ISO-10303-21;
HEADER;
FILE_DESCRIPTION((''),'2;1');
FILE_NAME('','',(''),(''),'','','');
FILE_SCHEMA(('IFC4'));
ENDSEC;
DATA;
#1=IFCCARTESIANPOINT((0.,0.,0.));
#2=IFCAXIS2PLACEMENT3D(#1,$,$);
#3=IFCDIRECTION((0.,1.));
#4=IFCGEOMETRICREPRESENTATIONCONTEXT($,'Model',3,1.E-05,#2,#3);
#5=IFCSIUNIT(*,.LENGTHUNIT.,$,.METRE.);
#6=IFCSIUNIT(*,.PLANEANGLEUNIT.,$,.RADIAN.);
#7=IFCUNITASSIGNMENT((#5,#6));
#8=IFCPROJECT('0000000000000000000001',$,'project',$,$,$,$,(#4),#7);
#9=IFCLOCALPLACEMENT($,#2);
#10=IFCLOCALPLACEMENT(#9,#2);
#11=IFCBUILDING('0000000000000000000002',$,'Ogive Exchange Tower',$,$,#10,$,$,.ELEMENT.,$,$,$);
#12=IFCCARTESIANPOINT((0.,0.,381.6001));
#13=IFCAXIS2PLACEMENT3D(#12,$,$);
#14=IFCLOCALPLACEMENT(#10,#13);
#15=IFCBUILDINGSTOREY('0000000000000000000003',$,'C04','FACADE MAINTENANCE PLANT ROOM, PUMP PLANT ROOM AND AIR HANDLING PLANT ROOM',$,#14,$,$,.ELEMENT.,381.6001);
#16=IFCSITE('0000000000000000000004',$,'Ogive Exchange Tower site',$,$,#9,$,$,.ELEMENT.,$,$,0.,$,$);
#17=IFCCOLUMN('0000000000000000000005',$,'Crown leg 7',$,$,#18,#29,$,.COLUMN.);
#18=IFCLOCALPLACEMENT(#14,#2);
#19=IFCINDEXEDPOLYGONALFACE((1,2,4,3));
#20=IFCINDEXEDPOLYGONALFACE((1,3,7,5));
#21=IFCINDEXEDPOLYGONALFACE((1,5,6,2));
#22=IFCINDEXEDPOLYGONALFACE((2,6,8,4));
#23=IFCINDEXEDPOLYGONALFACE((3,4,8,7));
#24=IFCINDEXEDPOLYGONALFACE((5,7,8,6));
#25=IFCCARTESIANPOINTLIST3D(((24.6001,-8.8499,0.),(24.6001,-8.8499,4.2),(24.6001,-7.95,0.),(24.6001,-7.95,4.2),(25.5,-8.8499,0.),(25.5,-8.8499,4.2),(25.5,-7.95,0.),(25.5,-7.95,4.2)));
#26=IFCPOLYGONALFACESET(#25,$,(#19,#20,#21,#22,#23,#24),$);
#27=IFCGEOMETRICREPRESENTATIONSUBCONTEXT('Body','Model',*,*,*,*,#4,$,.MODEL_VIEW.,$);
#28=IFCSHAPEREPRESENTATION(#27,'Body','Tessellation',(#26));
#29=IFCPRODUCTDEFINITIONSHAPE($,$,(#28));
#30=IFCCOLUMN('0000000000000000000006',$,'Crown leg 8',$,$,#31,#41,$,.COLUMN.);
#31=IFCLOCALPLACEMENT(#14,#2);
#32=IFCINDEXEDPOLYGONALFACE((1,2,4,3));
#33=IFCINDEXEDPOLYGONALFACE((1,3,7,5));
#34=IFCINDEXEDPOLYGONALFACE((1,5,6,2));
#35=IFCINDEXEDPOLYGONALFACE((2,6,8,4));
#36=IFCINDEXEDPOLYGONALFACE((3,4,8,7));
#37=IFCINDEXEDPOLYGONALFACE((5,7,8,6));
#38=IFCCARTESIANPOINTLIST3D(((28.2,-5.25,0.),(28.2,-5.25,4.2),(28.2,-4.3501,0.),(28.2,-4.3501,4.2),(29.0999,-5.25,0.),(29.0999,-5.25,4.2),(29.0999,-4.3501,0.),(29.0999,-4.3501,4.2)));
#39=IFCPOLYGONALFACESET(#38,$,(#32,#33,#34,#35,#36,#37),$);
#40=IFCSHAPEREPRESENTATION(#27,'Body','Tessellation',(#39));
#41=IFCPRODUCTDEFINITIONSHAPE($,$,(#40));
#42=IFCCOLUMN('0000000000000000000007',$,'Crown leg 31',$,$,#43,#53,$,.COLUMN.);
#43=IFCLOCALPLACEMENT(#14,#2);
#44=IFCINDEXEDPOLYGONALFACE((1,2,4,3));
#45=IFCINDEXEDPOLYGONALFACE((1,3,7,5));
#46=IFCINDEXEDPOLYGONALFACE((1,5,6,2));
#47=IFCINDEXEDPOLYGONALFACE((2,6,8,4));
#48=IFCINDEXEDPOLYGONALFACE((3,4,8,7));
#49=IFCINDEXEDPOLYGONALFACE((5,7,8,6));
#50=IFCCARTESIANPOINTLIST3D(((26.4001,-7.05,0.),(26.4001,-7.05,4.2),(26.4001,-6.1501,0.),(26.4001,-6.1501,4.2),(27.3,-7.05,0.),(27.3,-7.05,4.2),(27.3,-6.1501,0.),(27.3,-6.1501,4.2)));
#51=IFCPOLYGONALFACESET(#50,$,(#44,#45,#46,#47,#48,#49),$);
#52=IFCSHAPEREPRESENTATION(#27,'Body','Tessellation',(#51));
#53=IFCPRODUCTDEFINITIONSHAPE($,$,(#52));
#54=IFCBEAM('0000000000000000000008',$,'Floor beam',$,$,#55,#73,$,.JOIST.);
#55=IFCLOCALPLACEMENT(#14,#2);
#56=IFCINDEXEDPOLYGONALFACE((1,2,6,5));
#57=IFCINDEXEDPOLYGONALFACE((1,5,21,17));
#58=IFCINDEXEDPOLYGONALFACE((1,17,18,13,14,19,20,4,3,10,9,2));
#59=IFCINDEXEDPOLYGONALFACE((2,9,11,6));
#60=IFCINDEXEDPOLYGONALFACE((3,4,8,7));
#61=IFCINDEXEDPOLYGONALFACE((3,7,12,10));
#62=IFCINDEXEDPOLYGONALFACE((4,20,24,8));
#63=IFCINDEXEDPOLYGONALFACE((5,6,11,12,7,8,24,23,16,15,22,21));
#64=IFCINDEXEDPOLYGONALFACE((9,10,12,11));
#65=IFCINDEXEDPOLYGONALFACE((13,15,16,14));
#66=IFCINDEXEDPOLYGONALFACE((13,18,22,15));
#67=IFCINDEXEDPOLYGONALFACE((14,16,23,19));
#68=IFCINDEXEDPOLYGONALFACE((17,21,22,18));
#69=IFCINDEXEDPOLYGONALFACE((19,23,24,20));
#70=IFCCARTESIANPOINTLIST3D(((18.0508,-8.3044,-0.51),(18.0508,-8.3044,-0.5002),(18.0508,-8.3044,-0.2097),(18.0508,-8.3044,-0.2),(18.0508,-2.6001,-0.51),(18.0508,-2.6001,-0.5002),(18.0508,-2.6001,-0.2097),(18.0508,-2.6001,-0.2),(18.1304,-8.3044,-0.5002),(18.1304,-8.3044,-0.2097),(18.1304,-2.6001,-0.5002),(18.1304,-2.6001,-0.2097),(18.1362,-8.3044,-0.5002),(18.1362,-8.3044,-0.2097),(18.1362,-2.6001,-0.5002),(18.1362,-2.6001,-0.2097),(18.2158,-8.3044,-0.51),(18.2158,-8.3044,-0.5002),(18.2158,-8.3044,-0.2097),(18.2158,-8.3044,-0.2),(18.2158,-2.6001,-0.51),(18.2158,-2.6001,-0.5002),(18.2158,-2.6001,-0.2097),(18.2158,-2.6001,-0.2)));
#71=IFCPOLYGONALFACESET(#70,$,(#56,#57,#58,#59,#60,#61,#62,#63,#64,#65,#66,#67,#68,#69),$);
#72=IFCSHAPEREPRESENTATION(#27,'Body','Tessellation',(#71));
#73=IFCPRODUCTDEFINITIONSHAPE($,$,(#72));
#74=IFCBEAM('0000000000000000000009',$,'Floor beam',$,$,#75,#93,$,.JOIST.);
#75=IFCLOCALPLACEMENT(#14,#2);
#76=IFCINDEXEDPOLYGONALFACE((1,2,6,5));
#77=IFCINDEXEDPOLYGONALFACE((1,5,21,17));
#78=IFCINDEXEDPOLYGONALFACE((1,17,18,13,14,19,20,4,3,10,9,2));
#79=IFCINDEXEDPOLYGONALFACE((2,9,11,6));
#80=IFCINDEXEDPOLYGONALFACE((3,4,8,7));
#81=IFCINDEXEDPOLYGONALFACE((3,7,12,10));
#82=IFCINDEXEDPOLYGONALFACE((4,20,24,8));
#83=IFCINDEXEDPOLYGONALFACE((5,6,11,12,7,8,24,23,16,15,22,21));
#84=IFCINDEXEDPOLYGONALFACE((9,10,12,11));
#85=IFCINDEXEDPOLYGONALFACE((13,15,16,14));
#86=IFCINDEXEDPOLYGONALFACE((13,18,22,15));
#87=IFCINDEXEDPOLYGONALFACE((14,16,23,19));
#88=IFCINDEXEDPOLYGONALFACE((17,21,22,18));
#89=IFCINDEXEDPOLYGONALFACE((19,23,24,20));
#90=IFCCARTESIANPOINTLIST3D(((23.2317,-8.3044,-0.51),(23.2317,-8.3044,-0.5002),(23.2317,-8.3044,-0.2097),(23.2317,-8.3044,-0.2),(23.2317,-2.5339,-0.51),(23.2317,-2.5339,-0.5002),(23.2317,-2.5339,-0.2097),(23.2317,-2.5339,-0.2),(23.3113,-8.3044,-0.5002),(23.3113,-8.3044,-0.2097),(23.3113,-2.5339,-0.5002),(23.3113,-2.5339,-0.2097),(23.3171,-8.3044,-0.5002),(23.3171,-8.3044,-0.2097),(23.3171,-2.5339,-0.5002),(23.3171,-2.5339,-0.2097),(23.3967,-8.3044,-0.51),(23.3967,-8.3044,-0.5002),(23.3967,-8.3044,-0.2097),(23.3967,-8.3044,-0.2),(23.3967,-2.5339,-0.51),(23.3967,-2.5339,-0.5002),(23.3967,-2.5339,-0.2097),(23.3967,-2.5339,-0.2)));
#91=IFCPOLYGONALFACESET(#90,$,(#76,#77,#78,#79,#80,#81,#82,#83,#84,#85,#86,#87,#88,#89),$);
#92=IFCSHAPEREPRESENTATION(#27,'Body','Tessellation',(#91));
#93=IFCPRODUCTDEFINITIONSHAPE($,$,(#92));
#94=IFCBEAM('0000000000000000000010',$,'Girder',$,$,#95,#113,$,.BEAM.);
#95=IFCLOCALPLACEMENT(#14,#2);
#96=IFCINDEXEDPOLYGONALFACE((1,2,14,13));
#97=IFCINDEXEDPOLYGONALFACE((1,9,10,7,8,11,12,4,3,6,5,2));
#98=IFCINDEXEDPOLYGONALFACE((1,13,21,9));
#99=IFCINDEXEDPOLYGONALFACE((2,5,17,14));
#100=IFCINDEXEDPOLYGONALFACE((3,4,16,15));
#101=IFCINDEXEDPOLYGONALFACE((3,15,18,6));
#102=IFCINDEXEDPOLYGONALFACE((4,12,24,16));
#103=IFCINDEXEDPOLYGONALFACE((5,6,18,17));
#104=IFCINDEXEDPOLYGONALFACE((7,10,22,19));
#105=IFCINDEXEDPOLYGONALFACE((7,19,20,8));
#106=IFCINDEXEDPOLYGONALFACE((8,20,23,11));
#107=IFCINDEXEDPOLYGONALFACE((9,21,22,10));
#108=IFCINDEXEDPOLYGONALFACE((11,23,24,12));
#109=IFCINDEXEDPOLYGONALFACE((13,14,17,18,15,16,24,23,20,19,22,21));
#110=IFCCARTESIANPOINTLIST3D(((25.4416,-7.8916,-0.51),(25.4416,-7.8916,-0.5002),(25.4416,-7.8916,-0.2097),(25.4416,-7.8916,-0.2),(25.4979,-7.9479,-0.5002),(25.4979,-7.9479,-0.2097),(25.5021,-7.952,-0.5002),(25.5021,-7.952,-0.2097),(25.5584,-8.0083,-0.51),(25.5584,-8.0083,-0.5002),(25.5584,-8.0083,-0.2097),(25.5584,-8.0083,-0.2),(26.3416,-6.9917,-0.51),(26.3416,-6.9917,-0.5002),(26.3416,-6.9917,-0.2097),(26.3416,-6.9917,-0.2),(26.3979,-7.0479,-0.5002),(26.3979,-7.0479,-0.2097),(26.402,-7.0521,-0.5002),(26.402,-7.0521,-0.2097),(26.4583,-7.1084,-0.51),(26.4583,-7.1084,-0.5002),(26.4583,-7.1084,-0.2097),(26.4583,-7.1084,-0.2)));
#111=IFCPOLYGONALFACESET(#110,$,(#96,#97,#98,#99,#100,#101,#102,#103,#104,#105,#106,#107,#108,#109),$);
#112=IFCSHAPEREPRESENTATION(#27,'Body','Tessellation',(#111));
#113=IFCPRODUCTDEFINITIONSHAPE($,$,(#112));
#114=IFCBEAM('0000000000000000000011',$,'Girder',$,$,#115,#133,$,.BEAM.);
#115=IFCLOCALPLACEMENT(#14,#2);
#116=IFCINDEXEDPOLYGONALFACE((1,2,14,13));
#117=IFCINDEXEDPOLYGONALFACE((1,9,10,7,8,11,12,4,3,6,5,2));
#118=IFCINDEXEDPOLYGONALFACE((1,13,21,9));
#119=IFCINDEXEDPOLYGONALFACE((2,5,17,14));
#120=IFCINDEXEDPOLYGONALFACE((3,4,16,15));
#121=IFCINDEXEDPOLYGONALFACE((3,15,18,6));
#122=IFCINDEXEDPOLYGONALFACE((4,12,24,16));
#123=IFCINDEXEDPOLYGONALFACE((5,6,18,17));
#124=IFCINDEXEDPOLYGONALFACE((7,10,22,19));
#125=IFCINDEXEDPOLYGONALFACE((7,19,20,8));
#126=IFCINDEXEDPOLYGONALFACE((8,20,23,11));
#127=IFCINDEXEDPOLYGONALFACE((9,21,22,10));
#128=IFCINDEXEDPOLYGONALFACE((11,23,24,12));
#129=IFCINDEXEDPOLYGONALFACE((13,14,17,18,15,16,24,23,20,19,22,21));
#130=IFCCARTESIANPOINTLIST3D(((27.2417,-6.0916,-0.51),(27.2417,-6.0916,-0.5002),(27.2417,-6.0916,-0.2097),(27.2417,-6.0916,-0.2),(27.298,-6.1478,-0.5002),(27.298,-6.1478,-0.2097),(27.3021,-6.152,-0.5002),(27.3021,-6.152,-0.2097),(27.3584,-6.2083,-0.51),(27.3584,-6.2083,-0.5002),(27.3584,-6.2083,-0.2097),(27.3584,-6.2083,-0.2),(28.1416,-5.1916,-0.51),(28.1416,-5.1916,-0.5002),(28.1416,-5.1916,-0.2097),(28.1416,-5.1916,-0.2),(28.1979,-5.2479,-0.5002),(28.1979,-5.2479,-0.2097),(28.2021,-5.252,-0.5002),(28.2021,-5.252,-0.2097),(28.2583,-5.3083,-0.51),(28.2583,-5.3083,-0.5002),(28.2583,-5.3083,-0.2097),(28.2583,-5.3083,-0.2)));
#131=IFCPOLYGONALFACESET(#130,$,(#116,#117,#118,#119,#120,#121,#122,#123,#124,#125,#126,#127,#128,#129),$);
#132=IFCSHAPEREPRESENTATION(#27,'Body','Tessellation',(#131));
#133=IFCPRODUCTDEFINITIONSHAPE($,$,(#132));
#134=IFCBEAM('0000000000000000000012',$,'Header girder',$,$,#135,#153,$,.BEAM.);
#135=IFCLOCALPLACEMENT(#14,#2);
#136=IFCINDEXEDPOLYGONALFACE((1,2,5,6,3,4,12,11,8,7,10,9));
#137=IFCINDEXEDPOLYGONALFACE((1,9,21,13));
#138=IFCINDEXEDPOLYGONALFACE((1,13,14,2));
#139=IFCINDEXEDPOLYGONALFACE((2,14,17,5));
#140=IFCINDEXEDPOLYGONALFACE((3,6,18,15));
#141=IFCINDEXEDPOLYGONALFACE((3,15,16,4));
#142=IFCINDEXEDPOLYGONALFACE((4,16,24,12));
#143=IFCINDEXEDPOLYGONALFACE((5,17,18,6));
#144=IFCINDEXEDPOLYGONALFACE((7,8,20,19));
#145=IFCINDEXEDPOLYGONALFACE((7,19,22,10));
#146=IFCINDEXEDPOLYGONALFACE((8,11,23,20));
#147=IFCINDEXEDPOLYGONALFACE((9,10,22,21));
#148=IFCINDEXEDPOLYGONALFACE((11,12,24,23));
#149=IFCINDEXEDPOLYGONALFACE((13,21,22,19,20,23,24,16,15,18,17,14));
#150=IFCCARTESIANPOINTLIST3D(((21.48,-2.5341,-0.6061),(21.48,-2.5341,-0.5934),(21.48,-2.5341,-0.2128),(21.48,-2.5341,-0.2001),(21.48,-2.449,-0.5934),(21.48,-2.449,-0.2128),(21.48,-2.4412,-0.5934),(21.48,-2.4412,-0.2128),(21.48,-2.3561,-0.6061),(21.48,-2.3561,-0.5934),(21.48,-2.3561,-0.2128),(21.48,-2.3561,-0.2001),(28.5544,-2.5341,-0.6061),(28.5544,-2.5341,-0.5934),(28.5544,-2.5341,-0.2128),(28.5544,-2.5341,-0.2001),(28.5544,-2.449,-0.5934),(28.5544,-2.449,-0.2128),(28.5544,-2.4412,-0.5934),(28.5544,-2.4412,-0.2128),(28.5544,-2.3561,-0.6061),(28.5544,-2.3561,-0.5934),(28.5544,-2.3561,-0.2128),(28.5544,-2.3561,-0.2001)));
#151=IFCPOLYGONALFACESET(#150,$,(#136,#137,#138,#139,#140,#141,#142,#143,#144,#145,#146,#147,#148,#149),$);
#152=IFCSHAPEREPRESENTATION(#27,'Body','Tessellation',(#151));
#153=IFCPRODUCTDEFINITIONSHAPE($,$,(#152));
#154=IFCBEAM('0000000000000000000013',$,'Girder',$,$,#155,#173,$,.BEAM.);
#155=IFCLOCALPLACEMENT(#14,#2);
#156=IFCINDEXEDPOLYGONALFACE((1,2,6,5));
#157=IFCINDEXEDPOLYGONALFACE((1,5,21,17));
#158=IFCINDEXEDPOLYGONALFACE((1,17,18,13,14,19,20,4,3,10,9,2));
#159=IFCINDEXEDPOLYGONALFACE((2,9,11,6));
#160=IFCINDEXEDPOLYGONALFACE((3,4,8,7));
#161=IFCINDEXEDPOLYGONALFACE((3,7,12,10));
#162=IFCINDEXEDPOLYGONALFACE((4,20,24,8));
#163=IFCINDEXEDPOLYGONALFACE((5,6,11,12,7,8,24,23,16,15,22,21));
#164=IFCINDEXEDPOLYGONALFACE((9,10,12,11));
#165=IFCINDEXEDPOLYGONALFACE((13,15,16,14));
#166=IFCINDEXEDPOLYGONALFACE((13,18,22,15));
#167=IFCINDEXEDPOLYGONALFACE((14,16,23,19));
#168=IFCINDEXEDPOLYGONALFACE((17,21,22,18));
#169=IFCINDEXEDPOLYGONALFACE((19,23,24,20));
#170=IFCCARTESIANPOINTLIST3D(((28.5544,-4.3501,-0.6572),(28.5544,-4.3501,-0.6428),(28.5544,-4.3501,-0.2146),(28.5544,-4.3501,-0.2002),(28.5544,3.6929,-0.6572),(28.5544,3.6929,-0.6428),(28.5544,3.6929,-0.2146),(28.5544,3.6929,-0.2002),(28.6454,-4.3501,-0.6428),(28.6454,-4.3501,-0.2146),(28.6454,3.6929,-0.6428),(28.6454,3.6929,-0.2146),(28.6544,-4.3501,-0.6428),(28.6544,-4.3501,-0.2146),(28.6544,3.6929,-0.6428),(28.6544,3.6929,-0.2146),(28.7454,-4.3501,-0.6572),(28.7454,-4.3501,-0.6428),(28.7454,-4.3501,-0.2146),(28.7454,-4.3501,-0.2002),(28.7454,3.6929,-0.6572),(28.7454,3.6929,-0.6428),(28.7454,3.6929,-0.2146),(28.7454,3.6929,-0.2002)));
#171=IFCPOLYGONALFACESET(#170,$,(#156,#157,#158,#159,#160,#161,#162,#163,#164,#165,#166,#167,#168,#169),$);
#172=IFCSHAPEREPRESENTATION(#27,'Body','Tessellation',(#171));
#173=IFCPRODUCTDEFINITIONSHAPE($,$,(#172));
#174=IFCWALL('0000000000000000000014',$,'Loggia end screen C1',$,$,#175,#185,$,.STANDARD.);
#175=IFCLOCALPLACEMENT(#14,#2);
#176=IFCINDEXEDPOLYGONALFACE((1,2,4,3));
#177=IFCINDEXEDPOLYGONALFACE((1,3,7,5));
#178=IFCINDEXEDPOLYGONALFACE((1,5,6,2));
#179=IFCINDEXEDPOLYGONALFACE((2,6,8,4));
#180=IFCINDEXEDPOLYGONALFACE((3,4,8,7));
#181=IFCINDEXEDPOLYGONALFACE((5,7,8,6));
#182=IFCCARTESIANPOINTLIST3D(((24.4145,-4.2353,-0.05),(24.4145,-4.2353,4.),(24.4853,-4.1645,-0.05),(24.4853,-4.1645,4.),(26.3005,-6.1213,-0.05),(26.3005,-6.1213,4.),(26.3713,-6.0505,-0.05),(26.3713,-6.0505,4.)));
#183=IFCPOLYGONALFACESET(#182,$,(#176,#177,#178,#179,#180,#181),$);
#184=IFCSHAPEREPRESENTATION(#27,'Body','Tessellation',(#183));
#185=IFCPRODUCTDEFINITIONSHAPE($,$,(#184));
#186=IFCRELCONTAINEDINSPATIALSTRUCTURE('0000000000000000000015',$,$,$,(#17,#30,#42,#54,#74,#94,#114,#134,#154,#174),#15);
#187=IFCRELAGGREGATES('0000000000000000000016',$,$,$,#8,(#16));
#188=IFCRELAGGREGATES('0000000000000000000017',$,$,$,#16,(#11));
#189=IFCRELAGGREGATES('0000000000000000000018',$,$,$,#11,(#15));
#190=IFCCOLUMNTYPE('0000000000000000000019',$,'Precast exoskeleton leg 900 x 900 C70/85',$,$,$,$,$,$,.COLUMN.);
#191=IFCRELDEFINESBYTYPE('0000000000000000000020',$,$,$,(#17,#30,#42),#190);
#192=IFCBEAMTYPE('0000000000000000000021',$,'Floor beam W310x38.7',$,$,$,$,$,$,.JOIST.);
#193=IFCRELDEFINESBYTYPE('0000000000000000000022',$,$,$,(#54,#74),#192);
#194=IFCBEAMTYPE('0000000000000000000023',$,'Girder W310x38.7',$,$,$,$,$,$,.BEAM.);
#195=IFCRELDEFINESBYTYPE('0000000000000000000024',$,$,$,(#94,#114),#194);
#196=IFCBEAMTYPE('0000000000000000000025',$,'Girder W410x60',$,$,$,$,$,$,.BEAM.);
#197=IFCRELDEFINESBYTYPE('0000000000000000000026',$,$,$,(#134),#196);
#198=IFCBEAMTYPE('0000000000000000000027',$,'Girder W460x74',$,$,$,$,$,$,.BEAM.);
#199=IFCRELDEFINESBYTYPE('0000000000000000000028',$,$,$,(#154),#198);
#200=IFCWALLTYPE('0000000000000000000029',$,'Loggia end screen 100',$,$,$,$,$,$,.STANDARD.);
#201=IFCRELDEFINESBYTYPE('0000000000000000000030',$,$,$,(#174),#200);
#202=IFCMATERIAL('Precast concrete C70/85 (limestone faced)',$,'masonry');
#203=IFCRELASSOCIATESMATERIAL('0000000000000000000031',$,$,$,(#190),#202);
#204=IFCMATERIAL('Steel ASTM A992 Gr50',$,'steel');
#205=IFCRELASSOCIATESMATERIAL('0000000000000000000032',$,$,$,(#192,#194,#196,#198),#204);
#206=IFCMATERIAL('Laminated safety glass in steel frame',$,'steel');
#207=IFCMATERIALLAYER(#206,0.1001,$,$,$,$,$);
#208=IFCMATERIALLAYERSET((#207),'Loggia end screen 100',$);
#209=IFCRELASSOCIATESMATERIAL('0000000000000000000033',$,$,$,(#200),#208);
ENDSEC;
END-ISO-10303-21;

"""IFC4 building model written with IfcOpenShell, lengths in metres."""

from ifc_helpers import new_model, si_unit, direction, frame, frame_2d, origin, origin_2d, place, context, subcontext, project, spatial, rectangle, i_section, extrude, material, layer, layer_set, material_profile, profile_set, type_object, element, save


model = new_model("IFC4")

# Units and contexts
model_context = context("Model", 3, precision=1e-05, world=origin(), true_north=direction((0.0, 1.0)))
body_context = subcontext(model_context, "Body", "Model", "MODEL_VIEW")
ifc_project = project(units=[si_unit("LENGTHUNIT", "METRE"), si_unit("PLANEANGLEUNIT", "RADIAN")], contexts=[model_context])

# Site, building, storey
site_placement = place(None, origin())
site = spatial("IfcSite", under=ifc_project, at=site_placement, Name="Ogive Exchange Tower site", CompositionType="ELEMENT", RefElevation=0.0)
building_placement = place(site_placement, origin())
building = spatial("IfcBuilding", under=site, at=building_placement, Name="Ogive Exchange Tower", CompositionType="ELEMENT")
storey_placement = place(building_placement, frame((0.0, 0.0, 381.6001)))
storey = spatial("IfcBuildingStorey", under=building, at=storey_placement, Name="C04", Description="FACADE MAINTENANCE PLANT ROOM, PUMP PLANT ROOM AND AIR HANDLING PLANT ROOM", CompositionType="ELEMENT", Elevation=381.6001)

# Columns
ifc_material_1 = material(Name="Precast concrete C70/85 (limestone faced)", Category="masonry")
ifc_material_profile_1 = material_profile(ifc_material_1, rectangle(XDim=0.8999, YDim=0.8999, at=origin_2d()), Name="900 x 900")
ifc_profile_set_1 = profile_set([ifc_material_profile_1], Name="Precast concrete C70/85 (limestone faced)")
column_type = type_object("IfcColumnType", Name="Precast exoskeleton leg 900 x 900 C70/85", PredefinedType="COLUMN", material=ifc_profile_set_1)
for number, where, z_axis, x_axis, name in (
    (1, (25.05, -8.3999, 0.0), (0.0, 0.0, 1.0), (1.0, 0.0, 0.0), "Crown leg 7"),
    (2, (28.6499, -4.8, 0.0), (0.0, 0.0, 1.0), (1.0, 0.0, 0.0), "Crown leg 8"),
    (3, (26.8501, -6.6001, 0.0), (0.0, 0.0, 1.0), (1.0, 0.0, 0.0), "Crown leg 31"),
):
    element("IfcColumn", number, at=place(storey_placement, frame(where, z_axis=z_axis, x_axis=x_axis)), inside=storey, type_object=column_type, Name=name, PredefinedType="COLUMN", context=body_context, shape_type="SweptSolid", body=[
        extrude(rectangle(XDim=0.8999, YDim=0.8999, at=origin_2d()), origin(), (0.0, 0.0, 1.0), 4.2),
    ])

# Beams
ifc_material_2 = material(Name="Steel ASTM A992 Gr50", Category="steel")
ifc_material_profile_2 = material_profile(ifc_material_2, i_section(OverallWidth=0.165, OverallDepth=0.3101, WebThickness=0.0059, FlangeThickness=0.0098, at=origin_2d()), Name="W310x38.7")
ifc_profile_set_2 = profile_set([ifc_material_profile_2], Name="Steel ASTM A992 Gr50")
beam_type_1 = type_object("IfcBeamType", Name="Floor beam W310x38.7", PredefinedType="JOIST", material=ifc_profile_set_2)
beam_1_placement = place(storey_placement, frame((18.1333, -8.3044, -0.355), z_axis=(0.0, 1.0, 0.0), x_axis=(-1.0, 0.0, 0.0)))
element("IfcBeam", 4, at=beam_1_placement, inside=storey, type_object=beam_type_1, Name="Floor beam", PredefinedType="JOIST", context=body_context, shape_type="SweptSolid", body=[
    extrude(i_section(OverallWidth=0.165, OverallDepth=0.3101, WebThickness=0.0059, FlangeThickness=0.0098, at=origin_2d()), origin(), (0.0, 0.0, 1.0), 5.7043),
])
beam_2_placement = place(storey_placement, frame((23.3142, -8.3044, -0.355), z_axis=(0.0, 1.0, 0.0), x_axis=(-1.0, 0.0, 0.0)))
element("IfcBeam", 5, at=beam_2_placement, inside=storey, type_object=beam_type_1, Name="Floor beam", PredefinedType="JOIST", context=body_context, shape_type="SweptSolid", body=[
    extrude(i_section(OverallWidth=0.165, OverallDepth=0.3101, WebThickness=0.0059, FlangeThickness=0.0098, at=origin_2d()), origin(), (0.0, 0.0, 1.0), 5.7705),
])
ifc_material_profile_3 = material_profile(ifc_material_2, i_section(OverallWidth=0.165, OverallDepth=0.3101, WebThickness=0.0059, FlangeThickness=0.0098, at=origin_2d()), Name="W310x38.7")
ifc_profile_set_3 = profile_set([ifc_material_profile_3], Name="Steel ASTM A992 Gr50")
beam_type_2 = type_object("IfcBeamType", Name="Girder W310x38.7", PredefinedType="BEAM", material=ifc_profile_set_3)
for number, where, z_axis, x_axis, name in (
    (6, (25.5, -7.95, -0.355), (0.707107, 0.707107, 0.0), (-0.707107, 0.707107, 0.0), "Girder"),
    (7, (27.3, -6.1499, -0.355), (0.707107, 0.707107, 0.0), (-0.707107, 0.707107, 0.0), "Girder"),
):
    element("IfcBeam", number, at=place(storey_placement, frame(where, z_axis=z_axis, x_axis=x_axis)), inside=storey, type_object=beam_type_2, Name=name, PredefinedType="BEAM", context=body_context, shape_type="SweptSolid", body=[
        extrude(i_section(OverallWidth=0.165, OverallDepth=0.3101, WebThickness=0.0059, FlangeThickness=0.0098, at=origin_2d()), origin(), (0.0, 0.0, 1.0), 1.2727),
    ])
ifc_material_profile_4 = material_profile(ifc_material_2, i_section(OverallWidth=0.178, OverallDepth=0.406, WebThickness=0.0078, FlangeThickness=0.0127, at=origin_2d()), Name="W410x60")
ifc_profile_set_4 = profile_set([ifc_material_profile_4], Name="Steel ASTM A992 Gr50")
beam_type_3 = type_object("IfcBeamType", Name="Girder W410x60", PredefinedType="BEAM", material=ifc_profile_set_4)
beam_3_placement = place(storey_placement, frame((21.48, -2.4451, -0.4031), z_axis=(1.0, 0.0, 0.0), x_axis=(0.0, 1.0, 0.0)))
element("IfcBeam", 8, at=beam_3_placement, inside=storey, type_object=beam_type_3, Name="Header girder", PredefinedType="BEAM", context=body_context, shape_type="SweptSolid", body=[
    extrude(i_section(OverallWidth=0.178, OverallDepth=0.406, WebThickness=0.0078, FlangeThickness=0.0127, at=origin_2d()), origin(), (0.0, 0.0, 1.0), 7.0745),
])
ifc_material_profile_5 = material_profile(ifc_material_2, i_section(OverallWidth=0.1909, OverallDepth=0.457, WebThickness=0.009, FlangeThickness=0.0144, at=origin_2d()), Name="W460x74")
ifc_profile_set_5 = profile_set([ifc_material_profile_5], Name="Steel ASTM A992 Gr50")
beam_type_4 = type_object("IfcBeamType", Name="Girder W460x74", PredefinedType="BEAM", material=ifc_profile_set_5)
beam_4_placement = place(storey_placement, frame((28.6499, -4.3501, -0.4287), z_axis=(0.0, 1.0, 0.0), x_axis=(-1.0, 0.0, 0.0)))
element("IfcBeam", 9, at=beam_4_placement, inside=storey, type_object=beam_type_4, Name="Girder", PredefinedType="BEAM", context=body_context, shape_type="SweptSolid", body=[
    extrude(i_section(OverallWidth=0.1909, OverallDepth=0.457, WebThickness=0.009, FlangeThickness=0.0144, at=origin_2d()), origin(), (0.0, 0.0, 1.0), 8.043),
])

# Wall
ifc_material_3 = material(Name="Laminated safety glass in steel frame", Category="steel")
ifc_layer_1 = layer(ifc_material_3, 0.1001)
ifc_layer_set_1 = layer_set([ifc_layer_1], Name="Loggia end screen 100")
wall_type_1 = type_object("IfcWallType", Name="Loggia end screen 100", PredefinedType="STANDARD", material=ifc_layer_set_1)
wall_1_placement = place(storey_placement, frame((24.45, -4.2, -0.05), z_axis=(0.0, 0.0, 1.0), x_axis=(0.707107, -0.707107, 0.0)))
element("IfcWall", 10, at=wall_1_placement, inside=storey, type_object=wall_type_1, Name="Loggia end screen C1", PredefinedType="STANDARD", context=body_context, shape_type="SweptSolid", body=[
    extrude(rectangle(XDim=2.6672, YDim=0.1001, at=frame_2d((1.3335, 0.0))), origin(), (0.0, 0.0, 1.0), 4.05),
])

save(model, "model.ifc")
